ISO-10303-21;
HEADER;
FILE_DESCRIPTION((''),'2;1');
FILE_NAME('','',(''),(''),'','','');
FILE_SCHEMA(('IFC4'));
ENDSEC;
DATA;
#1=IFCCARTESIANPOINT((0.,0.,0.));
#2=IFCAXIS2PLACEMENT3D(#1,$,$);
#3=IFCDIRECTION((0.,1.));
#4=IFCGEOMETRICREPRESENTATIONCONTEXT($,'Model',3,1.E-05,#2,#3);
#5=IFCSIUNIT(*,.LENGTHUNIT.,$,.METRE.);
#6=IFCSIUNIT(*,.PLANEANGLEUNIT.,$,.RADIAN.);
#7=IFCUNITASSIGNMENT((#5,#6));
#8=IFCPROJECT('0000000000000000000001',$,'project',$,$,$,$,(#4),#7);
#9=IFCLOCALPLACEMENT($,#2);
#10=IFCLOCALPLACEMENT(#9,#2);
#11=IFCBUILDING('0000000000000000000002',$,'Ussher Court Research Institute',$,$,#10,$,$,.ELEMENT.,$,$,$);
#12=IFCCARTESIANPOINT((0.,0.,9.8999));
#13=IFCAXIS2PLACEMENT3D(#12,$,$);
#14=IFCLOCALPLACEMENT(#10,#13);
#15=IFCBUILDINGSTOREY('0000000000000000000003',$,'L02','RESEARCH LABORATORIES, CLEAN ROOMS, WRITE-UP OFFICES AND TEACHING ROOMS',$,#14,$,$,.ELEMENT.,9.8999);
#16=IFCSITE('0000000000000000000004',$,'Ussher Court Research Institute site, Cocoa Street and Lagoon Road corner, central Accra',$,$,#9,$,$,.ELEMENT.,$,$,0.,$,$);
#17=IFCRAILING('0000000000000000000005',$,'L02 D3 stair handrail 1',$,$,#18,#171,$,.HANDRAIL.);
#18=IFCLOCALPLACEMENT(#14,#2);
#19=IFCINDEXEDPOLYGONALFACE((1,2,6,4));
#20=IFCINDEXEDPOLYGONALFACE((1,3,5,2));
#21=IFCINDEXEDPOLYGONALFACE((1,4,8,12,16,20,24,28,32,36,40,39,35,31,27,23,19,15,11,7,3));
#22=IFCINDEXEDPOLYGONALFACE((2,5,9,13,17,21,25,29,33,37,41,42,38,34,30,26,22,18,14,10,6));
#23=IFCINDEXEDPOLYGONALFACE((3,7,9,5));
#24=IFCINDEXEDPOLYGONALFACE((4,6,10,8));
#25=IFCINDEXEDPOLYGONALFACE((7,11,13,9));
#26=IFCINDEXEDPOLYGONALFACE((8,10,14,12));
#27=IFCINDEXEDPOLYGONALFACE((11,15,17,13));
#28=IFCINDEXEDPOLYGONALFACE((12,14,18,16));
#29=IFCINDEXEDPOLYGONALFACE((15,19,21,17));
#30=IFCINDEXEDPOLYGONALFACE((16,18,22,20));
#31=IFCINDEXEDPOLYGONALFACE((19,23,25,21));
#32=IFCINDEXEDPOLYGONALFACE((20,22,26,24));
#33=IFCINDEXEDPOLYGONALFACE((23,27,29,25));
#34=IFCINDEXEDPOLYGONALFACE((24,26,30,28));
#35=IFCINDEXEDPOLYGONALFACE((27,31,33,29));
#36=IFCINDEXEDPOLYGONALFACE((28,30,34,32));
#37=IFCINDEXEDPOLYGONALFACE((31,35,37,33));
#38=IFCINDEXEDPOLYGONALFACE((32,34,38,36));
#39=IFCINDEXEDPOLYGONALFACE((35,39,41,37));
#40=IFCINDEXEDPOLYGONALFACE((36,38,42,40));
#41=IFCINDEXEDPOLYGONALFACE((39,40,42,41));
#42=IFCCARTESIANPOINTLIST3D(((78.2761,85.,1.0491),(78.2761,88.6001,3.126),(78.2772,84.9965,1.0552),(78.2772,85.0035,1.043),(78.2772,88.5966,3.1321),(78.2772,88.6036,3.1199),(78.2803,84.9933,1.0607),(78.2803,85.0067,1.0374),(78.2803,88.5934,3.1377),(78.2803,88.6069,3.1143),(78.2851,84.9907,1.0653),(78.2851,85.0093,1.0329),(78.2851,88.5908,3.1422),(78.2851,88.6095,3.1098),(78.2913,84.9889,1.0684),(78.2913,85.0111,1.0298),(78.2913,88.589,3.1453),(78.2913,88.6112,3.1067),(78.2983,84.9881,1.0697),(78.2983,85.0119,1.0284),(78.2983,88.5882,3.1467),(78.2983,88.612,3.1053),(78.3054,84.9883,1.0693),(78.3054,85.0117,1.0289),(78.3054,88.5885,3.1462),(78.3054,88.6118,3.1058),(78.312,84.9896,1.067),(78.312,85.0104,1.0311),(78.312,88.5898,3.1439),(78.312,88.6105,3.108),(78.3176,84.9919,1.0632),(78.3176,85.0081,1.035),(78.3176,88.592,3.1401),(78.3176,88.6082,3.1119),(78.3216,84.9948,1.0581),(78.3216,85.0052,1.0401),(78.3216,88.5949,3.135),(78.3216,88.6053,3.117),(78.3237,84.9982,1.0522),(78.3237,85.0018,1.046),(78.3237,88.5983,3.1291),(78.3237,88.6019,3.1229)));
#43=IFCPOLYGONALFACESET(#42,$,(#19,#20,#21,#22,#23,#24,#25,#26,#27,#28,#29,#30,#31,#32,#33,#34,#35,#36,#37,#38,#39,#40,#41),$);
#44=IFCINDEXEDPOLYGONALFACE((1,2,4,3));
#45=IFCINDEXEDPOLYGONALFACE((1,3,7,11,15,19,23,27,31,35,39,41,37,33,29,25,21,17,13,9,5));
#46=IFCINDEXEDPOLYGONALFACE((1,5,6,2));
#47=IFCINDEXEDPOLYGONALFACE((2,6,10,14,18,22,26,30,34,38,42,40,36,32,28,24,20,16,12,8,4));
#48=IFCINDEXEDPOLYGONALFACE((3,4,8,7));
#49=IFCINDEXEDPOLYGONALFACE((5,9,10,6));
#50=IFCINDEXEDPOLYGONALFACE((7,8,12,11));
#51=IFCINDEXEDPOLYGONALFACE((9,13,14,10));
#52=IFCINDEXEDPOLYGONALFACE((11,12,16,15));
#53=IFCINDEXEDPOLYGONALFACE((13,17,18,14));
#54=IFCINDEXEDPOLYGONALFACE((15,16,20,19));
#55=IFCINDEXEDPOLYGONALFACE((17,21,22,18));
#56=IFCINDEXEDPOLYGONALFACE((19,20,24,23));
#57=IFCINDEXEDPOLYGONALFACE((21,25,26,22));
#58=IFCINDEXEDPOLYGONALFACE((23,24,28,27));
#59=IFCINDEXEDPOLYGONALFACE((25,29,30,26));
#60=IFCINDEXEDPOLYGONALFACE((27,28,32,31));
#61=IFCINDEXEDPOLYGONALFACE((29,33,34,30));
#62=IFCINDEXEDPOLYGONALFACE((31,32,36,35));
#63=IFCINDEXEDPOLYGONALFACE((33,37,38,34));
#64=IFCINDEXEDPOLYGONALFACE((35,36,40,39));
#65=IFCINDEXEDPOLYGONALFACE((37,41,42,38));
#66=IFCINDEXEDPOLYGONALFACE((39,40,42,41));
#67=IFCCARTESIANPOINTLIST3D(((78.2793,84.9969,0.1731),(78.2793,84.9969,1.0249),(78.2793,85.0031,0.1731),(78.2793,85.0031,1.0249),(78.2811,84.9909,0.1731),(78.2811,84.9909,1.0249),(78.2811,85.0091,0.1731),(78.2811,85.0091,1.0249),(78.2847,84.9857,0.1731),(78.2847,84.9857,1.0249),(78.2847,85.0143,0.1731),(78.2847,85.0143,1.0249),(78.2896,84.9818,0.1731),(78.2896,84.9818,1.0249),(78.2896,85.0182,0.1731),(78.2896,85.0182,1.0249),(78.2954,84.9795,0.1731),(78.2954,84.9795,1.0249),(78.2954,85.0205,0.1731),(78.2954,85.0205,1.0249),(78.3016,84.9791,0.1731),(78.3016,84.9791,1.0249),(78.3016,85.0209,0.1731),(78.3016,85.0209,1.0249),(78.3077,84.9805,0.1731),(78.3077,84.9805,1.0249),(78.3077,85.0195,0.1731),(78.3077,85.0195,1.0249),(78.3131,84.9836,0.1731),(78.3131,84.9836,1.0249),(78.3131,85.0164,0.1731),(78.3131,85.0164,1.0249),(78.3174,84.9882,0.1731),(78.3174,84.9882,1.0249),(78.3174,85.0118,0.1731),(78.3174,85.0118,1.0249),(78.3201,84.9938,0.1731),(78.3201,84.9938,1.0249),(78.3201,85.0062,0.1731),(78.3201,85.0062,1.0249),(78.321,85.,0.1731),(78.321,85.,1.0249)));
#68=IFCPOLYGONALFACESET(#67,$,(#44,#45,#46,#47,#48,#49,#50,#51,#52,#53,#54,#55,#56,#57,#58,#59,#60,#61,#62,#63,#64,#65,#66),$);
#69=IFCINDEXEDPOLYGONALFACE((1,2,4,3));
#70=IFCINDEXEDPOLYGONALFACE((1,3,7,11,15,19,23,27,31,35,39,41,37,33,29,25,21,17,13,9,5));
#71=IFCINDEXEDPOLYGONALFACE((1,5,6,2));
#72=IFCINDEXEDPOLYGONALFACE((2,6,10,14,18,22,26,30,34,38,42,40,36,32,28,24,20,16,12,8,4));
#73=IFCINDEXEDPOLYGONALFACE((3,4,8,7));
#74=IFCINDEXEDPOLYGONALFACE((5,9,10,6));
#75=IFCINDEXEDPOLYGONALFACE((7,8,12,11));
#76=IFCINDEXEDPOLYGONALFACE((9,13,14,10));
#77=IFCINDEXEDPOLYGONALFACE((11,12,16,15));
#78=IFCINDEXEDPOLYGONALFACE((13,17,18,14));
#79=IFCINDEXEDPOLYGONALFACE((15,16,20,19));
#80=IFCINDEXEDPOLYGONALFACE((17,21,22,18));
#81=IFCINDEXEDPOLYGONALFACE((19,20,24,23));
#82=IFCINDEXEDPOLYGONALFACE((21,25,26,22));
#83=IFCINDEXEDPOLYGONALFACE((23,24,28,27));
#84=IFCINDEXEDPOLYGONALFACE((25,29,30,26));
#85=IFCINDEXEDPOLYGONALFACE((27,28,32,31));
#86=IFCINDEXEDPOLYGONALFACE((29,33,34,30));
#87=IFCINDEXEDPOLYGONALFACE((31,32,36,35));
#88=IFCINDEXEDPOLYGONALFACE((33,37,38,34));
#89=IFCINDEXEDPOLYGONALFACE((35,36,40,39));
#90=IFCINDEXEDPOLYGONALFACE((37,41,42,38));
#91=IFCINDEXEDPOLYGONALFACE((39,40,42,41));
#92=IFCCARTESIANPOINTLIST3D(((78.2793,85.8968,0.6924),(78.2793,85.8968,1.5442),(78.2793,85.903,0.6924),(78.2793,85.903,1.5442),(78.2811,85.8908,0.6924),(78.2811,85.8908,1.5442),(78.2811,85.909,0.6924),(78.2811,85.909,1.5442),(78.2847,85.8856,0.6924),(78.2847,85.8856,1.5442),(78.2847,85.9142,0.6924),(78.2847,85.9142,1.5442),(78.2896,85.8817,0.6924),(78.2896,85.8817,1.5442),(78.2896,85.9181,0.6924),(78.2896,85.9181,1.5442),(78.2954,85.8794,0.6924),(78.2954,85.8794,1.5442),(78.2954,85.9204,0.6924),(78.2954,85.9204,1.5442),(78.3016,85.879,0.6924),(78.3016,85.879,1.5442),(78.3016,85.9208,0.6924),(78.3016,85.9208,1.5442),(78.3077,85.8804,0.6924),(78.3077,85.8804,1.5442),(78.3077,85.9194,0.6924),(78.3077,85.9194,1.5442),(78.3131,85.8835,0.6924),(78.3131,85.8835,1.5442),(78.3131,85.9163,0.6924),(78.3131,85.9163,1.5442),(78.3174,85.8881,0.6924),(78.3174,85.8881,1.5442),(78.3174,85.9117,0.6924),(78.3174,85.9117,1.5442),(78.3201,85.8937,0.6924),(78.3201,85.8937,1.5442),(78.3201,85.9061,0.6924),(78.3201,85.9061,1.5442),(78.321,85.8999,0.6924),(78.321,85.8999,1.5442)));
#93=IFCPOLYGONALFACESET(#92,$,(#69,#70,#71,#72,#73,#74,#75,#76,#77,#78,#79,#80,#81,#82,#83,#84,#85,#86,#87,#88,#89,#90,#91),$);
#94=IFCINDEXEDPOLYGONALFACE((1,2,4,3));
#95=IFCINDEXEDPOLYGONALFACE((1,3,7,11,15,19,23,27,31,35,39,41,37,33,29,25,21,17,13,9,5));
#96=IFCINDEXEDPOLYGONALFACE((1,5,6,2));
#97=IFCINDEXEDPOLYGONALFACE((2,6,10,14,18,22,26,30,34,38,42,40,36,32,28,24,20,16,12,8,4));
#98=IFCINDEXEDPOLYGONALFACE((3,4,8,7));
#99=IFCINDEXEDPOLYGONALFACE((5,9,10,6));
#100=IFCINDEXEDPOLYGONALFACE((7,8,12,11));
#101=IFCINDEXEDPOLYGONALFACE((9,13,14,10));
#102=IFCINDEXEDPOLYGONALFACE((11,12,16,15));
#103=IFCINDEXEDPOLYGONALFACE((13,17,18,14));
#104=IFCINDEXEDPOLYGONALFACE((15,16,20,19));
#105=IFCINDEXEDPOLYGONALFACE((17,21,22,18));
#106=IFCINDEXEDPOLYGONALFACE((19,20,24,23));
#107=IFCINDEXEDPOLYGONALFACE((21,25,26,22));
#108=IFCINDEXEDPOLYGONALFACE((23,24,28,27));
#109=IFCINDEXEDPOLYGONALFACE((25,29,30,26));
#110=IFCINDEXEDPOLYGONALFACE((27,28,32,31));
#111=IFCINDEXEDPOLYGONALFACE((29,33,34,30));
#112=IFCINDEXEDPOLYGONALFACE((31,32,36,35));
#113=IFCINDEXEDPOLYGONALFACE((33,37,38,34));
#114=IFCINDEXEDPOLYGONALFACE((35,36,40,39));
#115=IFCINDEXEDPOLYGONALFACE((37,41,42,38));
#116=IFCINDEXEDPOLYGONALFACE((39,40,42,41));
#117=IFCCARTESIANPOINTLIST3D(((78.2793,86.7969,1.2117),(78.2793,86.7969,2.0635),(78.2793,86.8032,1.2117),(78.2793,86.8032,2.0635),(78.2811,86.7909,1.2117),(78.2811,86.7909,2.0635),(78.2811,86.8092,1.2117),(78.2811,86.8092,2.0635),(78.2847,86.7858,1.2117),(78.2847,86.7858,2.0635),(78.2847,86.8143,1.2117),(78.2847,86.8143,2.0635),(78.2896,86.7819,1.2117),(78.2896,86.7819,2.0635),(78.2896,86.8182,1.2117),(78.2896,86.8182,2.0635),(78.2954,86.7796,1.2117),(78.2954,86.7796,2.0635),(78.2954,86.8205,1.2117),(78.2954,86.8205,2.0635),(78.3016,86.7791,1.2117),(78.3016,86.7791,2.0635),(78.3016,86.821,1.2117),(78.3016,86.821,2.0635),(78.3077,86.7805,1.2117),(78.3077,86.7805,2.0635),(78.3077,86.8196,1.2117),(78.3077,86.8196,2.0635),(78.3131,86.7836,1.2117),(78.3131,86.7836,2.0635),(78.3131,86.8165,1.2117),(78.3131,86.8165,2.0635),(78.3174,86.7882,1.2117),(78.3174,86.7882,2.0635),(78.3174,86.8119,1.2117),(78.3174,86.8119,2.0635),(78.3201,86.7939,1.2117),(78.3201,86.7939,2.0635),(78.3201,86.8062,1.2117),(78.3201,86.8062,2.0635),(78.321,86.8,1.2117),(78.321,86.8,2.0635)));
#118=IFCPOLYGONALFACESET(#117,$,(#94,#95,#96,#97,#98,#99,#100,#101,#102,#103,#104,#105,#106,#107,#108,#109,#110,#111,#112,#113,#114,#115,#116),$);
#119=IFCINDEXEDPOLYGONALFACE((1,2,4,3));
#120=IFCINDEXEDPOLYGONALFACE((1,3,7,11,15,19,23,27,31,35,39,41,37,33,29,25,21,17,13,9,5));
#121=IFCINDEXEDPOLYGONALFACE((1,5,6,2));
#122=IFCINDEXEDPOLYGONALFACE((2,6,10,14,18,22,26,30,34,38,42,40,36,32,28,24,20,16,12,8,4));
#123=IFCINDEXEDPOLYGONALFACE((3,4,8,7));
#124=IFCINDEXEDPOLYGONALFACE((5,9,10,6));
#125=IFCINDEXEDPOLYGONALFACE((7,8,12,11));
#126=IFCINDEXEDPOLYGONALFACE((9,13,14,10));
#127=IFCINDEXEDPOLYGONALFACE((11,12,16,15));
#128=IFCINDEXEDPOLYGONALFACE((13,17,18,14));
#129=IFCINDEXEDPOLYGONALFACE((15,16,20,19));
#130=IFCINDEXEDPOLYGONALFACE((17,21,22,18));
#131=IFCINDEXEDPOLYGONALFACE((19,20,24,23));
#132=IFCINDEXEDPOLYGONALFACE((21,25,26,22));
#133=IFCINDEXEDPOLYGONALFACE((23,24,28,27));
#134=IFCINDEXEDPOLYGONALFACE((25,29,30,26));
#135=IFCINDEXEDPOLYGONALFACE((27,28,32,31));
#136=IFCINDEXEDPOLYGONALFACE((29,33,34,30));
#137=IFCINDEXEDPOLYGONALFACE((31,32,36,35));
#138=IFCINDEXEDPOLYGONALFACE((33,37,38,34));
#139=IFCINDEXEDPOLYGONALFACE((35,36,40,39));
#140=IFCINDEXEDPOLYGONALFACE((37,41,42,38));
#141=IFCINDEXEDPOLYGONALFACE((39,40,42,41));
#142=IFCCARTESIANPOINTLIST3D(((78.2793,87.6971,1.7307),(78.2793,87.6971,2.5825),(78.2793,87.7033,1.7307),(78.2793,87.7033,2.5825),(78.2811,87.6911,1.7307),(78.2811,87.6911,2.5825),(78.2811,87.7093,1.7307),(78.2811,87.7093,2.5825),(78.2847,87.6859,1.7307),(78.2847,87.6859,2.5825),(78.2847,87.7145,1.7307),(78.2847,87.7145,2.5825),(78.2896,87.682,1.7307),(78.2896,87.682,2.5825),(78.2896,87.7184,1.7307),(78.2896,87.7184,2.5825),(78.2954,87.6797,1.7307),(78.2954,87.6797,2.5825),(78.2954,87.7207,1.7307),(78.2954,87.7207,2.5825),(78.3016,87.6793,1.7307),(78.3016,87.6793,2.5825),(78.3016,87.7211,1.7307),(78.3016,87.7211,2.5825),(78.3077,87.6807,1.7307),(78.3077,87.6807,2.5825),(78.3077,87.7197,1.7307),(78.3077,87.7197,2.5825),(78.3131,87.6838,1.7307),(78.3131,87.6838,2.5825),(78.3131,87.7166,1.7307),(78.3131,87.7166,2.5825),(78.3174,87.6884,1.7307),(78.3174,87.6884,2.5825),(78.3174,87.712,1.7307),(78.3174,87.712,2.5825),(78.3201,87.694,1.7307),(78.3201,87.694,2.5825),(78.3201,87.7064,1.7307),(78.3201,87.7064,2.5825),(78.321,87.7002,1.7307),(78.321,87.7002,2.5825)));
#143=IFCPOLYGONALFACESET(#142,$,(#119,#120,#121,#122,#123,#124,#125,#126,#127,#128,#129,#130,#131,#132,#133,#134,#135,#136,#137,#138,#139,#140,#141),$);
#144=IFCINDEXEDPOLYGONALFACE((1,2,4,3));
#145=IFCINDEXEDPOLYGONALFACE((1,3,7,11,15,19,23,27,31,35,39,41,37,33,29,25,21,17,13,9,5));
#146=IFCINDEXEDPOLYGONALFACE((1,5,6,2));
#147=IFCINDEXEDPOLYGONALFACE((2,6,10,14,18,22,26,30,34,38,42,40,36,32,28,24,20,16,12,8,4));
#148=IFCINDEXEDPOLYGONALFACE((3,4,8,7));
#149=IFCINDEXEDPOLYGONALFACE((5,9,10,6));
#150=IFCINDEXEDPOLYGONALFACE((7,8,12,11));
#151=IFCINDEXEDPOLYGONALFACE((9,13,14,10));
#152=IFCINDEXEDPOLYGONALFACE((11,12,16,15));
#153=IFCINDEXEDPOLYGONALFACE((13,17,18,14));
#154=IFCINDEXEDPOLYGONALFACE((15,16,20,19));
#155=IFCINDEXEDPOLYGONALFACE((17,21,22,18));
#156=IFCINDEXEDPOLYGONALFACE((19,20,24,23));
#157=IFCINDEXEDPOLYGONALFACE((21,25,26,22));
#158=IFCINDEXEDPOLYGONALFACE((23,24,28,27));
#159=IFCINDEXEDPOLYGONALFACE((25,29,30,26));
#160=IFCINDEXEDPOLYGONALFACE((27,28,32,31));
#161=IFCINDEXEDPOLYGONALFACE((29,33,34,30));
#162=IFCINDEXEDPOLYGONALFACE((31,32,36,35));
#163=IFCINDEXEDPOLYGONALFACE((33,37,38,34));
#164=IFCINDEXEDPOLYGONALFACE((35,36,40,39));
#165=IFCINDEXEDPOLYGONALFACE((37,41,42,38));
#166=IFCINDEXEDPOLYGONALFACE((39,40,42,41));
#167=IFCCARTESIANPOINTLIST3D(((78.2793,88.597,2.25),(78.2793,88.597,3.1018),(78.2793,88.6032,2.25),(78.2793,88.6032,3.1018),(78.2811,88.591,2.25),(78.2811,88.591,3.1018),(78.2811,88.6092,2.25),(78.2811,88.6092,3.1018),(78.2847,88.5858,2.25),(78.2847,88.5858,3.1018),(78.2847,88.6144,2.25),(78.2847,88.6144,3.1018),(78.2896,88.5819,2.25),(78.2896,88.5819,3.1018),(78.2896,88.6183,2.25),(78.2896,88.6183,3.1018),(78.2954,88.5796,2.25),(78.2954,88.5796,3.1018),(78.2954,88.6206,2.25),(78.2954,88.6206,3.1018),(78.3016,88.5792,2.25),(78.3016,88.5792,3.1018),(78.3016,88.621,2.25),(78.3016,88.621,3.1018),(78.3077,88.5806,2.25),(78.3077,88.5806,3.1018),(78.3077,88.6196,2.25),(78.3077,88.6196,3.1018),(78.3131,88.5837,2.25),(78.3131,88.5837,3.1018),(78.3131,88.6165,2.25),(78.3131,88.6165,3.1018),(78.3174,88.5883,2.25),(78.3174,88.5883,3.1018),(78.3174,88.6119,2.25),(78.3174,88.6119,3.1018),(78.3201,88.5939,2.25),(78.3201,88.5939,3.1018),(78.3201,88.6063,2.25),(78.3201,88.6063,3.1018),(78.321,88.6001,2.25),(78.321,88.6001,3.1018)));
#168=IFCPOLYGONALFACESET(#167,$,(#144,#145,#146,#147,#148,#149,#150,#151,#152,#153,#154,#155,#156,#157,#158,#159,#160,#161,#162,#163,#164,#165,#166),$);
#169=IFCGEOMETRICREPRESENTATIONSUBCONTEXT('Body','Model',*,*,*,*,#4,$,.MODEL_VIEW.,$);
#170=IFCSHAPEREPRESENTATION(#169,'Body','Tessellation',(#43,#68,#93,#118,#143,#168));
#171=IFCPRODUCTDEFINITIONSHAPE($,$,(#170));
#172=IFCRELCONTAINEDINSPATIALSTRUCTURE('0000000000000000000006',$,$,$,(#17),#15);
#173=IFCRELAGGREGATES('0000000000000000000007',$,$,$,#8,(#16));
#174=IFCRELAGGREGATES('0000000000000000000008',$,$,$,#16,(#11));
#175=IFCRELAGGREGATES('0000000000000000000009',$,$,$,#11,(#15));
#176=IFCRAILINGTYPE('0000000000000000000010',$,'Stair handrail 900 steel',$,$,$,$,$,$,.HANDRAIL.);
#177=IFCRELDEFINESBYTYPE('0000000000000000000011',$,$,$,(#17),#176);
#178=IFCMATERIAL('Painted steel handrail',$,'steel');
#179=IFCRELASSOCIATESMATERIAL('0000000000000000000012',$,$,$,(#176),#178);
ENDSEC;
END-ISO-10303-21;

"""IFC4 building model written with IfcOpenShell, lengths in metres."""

from ifc_helpers import new_model, si_unit, direction, frame, origin, origin_2d, place, context, subcontext, project, spatial, circle, extrude, material, type_object, element, save


model = new_model("IFC4")

# Units and contexts
model_context = context("Model", 3, precision=1e-05, world=origin(), true_north=direction((0.0, 1.0)))
body_context = subcontext(model_context, "Body", "Model", "MODEL_VIEW")
ifc_project = project(units=[si_unit("LENGTHUNIT", "METRE"), si_unit("PLANEANGLEUNIT", "RADIAN")], contexts=[model_context])

# Site, building, storey
site_placement = place(None, origin())
site = spatial("IfcSite", under=ifc_project, at=site_placement, Name="Ussher Court Research Institute site, Cocoa Street and Lagoon Road corner, central Accra", CompositionType="ELEMENT", RefElevation=0.0)
building_placement = place(site_placement, origin())
building = spatial("IfcBuilding", under=site, at=building_placement, Name="Ussher Court Research Institute", CompositionType="ELEMENT")
storey_placement = place(building_placement, frame((0.0, 0.0, 9.8999)))
storey = spatial("IfcBuildingStorey", under=building, at=storey_placement, Name="L02", Description="RESEARCH LABORATORIES, CLEAN ROOMS, WRITE-UP OFFICES AND TEACHING ROOMS", CompositionType="ELEMENT", Elevation=9.8999)

# Railing
ifc_material_1 = material(Name="Painted steel handrail", Category="steel")
railing_type_1 = type_object("IfcRailingType", Name="Stair handrail 900 steel", PredefinedType="HANDRAIL", material=ifc_material_1)
railing_1_placement = place(storey_placement, frame((78.3, 85.0, 0.1731)))
element("IfcRailing", 1, at=railing_1_placement, inside=storey, type_object=railing_type_1, Name="L02 D3 stair handrail 1", PredefinedType="HANDRAIL", context=body_context, shape_type="SweptSolid", body=[
    extrude(circle(Radius=0.0239, at=origin_2d()), frame((0.0, 0.0, 0.876), z_axis=(0.0, 0.866193, 0.499709), x_axis=(-1.0, 0.0, 0.0)), (0.0, 0.0, 1.0), 4.1562),
    extrude(circle(Radius=0.021, at=origin_2d()), origin(), (0.0, 0.0, 1.0), 0.8518),
    extrude(circle(Radius=0.021, at=origin_2d()), frame((0.0, 0.8999, 0.5193)), (0.0, 0.0, 1.0), 0.8518),
    extrude(circle(Radius=0.021, at=origin_2d()), frame((0.0, 1.8, 1.0386)), (0.0, 0.0, 1.0), 0.8518),
    extrude(circle(Radius=0.021, at=origin_2d()), frame((0.0, 2.7002, 1.5576)), (0.0, 0.0, 1.0), 0.8518),
    extrude(circle(Radius=0.021, at=origin_2d()), frame((0.0, 3.6001, 2.0769)), (0.0, 0.0, 1.0), 0.8518),
])

save(model, "model.ifc")
